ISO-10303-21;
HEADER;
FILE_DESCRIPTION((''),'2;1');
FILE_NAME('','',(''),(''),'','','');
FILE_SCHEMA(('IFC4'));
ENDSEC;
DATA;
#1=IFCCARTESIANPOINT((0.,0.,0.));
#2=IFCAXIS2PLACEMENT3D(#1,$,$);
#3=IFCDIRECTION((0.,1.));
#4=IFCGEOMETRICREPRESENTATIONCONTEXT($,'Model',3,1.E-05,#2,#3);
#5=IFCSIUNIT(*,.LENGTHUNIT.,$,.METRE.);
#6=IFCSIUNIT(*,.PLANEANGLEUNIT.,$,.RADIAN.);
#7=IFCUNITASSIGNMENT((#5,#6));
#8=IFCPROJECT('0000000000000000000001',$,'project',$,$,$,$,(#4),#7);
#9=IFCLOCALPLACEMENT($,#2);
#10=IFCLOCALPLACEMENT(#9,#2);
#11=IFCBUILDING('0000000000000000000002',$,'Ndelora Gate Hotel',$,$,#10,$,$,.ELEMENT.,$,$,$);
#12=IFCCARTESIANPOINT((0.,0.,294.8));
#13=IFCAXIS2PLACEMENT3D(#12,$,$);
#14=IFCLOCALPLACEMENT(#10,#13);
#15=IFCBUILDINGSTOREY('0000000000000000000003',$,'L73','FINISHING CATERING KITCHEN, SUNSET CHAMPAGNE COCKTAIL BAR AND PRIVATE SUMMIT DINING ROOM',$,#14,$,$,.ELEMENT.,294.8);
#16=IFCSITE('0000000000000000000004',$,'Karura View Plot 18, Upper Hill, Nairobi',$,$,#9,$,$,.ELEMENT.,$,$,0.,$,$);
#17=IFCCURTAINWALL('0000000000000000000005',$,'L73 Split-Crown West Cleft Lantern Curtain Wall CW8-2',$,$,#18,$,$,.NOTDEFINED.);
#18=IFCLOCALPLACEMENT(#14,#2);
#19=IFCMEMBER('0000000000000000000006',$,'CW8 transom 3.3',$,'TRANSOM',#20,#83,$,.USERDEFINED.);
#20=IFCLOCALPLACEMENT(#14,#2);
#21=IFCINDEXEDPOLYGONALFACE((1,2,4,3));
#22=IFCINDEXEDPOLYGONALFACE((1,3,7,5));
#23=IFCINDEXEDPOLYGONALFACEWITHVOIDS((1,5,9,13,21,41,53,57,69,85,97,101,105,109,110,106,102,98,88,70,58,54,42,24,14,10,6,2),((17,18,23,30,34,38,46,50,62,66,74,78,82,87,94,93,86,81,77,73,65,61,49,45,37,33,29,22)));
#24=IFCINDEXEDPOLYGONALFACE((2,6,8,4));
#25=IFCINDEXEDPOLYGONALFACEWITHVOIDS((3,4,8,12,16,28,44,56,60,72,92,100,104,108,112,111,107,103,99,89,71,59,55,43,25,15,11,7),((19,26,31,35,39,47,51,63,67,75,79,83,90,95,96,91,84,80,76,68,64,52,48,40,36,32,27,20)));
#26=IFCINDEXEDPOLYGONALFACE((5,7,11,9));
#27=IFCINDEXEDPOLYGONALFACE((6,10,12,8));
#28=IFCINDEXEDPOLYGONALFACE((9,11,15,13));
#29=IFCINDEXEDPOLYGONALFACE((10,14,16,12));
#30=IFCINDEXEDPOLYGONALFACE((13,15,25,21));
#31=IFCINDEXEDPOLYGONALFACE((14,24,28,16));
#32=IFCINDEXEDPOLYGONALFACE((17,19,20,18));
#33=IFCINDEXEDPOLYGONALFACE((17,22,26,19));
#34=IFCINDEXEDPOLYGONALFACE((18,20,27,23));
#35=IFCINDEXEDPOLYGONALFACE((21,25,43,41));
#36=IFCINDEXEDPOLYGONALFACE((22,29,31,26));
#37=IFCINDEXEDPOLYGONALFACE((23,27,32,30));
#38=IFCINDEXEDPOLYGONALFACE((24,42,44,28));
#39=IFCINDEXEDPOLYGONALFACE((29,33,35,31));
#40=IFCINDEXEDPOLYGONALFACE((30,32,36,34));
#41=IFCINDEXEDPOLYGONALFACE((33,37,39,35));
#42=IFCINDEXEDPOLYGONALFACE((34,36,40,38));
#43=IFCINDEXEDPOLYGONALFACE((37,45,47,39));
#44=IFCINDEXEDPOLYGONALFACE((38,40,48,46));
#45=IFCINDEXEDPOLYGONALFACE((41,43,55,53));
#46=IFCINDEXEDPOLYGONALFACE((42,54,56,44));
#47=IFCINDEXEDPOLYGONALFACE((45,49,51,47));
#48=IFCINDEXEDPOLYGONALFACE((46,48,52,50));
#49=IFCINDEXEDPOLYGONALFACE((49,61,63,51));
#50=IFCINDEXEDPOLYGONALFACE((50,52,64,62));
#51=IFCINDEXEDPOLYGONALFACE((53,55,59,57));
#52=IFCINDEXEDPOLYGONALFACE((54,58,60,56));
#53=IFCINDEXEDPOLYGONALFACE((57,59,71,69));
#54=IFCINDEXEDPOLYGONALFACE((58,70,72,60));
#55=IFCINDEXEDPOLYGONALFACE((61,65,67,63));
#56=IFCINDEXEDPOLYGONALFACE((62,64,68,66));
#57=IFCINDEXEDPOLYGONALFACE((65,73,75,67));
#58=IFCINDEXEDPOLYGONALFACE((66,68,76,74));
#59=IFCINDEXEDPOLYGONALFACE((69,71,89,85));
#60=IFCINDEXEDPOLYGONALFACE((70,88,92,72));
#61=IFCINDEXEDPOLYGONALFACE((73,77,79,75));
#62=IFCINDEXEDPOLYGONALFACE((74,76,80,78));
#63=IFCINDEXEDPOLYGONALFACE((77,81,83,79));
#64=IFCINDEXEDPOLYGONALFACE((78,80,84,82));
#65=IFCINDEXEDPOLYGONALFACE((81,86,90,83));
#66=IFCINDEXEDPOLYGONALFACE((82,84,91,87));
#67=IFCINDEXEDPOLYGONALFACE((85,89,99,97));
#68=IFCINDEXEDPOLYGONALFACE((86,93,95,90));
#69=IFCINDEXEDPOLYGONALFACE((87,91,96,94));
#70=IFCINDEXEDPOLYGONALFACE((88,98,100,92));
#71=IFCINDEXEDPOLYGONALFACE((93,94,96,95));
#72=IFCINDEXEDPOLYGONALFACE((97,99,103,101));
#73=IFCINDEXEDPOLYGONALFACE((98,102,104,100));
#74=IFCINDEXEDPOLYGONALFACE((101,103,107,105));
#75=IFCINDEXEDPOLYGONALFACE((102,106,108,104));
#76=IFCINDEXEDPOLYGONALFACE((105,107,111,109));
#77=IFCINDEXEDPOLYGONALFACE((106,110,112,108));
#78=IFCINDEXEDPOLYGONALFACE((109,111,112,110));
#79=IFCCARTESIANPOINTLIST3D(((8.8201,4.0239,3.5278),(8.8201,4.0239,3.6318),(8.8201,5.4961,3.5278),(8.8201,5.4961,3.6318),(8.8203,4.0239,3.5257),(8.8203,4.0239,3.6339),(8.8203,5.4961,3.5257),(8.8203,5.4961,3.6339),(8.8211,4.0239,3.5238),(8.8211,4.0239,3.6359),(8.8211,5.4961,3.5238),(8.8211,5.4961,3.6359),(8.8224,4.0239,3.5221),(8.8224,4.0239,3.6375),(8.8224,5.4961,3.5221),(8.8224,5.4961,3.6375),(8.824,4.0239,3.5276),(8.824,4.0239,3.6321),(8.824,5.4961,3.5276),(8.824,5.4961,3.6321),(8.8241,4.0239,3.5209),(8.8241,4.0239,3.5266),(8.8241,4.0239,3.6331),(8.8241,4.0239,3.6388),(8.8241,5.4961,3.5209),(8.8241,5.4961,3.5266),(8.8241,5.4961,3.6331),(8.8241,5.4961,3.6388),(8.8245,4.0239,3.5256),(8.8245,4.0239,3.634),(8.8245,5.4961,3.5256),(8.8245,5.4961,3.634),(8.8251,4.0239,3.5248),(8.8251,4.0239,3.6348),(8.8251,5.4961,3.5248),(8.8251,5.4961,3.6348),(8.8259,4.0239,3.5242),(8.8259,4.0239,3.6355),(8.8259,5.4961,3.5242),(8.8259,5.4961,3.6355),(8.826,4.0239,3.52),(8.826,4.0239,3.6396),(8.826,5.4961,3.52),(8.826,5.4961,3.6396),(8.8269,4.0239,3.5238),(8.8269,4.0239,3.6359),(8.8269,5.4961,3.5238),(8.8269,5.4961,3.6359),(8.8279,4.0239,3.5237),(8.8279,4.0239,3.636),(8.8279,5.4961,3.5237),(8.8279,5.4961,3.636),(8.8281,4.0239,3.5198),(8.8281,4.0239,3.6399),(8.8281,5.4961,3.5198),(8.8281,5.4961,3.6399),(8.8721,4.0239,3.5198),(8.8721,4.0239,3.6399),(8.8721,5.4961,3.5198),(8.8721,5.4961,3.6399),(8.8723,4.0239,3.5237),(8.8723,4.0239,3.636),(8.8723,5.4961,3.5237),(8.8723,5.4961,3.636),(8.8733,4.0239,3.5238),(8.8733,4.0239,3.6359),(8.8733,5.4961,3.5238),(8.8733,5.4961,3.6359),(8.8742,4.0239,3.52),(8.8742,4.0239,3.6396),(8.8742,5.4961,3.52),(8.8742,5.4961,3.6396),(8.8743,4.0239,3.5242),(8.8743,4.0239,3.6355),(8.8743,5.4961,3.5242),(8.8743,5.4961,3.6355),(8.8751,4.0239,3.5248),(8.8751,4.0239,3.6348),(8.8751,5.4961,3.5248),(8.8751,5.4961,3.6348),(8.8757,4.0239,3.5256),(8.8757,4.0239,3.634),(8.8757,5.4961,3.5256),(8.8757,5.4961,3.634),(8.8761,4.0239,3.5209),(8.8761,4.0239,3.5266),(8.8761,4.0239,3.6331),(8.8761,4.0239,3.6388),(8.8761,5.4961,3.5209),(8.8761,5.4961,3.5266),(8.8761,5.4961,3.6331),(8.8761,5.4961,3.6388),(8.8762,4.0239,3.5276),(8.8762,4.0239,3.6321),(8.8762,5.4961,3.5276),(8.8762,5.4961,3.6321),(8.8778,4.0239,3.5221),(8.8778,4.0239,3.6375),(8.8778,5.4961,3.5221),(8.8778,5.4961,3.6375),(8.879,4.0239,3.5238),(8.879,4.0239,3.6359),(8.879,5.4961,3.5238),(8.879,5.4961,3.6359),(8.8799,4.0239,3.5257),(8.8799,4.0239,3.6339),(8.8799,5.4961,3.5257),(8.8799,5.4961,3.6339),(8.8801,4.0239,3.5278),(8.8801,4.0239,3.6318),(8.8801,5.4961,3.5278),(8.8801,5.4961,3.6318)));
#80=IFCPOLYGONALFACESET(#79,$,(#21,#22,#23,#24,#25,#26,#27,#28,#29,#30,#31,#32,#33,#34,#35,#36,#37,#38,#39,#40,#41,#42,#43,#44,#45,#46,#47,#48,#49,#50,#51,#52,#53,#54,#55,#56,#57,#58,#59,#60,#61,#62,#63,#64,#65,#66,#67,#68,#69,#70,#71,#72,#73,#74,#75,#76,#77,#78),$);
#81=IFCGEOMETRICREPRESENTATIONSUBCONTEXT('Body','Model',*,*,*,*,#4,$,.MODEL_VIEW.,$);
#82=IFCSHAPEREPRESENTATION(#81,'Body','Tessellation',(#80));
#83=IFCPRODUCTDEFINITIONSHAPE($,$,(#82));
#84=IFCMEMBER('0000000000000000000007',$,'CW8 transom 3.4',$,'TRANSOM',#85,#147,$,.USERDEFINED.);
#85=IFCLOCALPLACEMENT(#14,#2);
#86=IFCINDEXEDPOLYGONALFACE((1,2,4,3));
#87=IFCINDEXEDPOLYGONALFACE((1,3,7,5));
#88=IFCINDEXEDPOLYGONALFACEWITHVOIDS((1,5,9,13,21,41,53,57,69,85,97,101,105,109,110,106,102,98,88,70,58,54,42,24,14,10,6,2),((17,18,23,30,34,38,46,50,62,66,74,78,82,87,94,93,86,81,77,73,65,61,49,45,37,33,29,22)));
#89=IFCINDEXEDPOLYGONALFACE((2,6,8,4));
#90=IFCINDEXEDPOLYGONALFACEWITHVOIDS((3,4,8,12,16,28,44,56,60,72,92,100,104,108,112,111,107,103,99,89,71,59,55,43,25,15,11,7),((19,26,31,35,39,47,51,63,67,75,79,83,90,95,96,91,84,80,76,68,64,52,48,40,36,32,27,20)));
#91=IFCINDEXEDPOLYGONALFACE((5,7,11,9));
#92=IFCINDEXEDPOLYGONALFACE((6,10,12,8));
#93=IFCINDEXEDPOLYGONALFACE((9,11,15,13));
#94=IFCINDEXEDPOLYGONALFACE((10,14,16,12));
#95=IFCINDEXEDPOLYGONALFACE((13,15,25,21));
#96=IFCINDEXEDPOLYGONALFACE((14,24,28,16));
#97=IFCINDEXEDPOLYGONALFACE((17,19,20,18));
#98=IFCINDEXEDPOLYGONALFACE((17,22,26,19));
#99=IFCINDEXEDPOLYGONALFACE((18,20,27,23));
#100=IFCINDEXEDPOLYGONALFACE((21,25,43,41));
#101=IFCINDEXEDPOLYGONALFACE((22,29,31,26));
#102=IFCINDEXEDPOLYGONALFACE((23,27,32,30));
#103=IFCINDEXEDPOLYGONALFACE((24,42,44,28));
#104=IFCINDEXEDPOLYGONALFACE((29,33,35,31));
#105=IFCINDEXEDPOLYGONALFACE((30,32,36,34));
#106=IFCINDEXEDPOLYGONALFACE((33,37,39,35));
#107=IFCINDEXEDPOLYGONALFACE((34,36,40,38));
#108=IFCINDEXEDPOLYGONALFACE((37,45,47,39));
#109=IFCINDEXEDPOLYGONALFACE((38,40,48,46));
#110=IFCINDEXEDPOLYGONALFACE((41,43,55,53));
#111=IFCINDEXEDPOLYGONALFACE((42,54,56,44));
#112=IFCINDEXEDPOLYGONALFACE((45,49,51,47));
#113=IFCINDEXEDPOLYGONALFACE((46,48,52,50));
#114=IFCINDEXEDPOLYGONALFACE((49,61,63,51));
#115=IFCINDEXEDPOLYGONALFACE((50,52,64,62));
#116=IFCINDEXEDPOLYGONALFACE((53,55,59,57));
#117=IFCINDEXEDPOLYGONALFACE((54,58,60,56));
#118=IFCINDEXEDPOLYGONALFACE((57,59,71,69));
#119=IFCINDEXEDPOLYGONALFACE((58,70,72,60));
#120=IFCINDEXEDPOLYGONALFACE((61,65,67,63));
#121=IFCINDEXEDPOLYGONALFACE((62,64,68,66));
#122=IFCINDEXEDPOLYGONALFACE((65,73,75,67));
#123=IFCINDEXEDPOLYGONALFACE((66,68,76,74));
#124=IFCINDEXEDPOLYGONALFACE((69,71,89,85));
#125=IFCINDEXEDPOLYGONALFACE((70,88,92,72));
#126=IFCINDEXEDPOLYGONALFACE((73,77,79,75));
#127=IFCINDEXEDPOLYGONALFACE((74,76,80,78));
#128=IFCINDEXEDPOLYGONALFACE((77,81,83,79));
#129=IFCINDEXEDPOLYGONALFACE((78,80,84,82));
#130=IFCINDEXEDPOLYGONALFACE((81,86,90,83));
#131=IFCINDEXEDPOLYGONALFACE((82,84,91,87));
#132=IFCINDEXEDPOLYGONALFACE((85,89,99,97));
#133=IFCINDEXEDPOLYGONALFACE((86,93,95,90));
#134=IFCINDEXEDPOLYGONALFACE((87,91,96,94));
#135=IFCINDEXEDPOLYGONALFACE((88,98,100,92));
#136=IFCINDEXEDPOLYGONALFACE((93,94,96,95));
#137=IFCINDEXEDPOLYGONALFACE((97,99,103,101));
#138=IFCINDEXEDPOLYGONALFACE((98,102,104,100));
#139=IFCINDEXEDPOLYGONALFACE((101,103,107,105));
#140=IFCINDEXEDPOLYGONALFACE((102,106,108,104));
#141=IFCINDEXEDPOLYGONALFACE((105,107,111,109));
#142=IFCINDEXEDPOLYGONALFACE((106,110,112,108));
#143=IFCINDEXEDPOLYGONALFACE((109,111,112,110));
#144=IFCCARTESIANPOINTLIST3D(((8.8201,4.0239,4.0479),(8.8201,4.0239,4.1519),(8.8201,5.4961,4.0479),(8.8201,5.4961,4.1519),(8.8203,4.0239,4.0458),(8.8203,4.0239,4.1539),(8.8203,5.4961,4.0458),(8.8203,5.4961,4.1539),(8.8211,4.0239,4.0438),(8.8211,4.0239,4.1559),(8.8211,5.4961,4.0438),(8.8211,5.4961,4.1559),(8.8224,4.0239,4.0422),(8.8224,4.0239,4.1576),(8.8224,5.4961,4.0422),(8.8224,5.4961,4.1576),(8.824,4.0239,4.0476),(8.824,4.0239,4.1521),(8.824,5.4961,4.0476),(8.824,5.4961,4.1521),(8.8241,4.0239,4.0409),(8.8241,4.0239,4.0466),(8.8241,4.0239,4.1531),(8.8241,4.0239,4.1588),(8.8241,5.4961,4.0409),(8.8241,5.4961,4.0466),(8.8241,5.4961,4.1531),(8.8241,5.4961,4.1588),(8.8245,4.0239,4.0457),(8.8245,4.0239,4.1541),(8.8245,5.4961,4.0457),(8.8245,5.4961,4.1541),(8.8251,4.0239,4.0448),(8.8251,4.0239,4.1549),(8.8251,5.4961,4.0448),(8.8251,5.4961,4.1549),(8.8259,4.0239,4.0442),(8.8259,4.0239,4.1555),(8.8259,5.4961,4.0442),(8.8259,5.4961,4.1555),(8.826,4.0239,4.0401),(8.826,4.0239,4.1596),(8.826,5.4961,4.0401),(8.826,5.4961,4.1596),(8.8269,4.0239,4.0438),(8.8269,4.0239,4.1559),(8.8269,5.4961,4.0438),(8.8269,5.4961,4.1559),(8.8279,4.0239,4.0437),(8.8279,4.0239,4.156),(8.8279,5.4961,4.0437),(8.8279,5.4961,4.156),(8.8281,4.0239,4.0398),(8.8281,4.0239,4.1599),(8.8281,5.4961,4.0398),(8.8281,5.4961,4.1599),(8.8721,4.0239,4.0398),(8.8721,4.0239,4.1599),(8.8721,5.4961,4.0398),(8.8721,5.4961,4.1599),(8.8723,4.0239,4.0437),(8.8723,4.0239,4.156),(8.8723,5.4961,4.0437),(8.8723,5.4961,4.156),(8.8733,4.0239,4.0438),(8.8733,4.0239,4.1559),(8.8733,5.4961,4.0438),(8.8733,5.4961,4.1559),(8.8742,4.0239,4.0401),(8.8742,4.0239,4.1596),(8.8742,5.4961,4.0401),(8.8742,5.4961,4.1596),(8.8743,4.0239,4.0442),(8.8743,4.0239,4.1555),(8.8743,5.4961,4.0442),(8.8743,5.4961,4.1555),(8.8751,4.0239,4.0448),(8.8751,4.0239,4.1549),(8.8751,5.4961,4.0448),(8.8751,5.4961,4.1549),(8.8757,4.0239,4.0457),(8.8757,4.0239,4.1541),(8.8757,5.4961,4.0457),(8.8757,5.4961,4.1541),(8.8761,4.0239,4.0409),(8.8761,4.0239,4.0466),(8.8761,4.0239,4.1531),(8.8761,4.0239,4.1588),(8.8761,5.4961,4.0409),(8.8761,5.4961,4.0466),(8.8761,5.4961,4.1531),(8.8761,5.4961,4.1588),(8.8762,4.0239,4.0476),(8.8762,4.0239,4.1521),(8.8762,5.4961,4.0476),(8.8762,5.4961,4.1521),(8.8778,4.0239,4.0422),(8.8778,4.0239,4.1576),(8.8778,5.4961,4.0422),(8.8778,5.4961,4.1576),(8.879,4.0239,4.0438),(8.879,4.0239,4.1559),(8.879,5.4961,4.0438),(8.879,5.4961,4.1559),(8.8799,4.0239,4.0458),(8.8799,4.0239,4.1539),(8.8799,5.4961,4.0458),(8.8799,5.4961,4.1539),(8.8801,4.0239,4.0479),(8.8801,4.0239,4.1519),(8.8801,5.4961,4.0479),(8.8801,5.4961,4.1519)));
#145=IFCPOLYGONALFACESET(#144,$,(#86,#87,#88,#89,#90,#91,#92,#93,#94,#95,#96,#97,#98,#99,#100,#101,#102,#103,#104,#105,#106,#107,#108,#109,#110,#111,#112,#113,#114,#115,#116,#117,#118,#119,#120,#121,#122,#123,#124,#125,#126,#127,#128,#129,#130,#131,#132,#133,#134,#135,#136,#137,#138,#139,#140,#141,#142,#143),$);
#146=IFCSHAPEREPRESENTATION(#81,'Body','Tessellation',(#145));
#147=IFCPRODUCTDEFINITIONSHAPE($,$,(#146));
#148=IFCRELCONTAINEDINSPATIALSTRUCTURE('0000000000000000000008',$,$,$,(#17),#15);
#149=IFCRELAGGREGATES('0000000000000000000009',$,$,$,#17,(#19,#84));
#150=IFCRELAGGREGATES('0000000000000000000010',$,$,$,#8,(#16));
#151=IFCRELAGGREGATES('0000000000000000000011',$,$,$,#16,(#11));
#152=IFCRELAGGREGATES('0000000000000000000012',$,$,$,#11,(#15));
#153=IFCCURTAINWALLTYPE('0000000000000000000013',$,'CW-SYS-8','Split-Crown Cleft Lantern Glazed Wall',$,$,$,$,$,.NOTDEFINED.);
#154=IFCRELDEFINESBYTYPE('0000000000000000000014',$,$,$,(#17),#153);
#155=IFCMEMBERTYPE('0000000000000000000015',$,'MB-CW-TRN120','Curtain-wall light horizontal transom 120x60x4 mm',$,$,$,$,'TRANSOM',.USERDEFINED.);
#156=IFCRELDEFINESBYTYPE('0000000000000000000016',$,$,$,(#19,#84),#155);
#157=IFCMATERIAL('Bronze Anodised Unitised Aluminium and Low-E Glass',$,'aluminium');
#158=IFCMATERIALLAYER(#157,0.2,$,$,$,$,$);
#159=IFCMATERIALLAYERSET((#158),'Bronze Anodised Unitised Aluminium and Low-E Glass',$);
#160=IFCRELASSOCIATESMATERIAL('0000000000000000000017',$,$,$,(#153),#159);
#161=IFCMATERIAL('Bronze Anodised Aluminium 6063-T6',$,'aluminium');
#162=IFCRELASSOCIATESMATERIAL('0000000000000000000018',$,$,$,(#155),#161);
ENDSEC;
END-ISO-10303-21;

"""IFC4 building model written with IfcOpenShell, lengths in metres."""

from ifc_helpers import new_model, si_unit, direction, frame, origin, origin_2d, place, context, subcontext, project, spatial, hollow_rectangle, extrude, material, layer, layer_set, material_profile, profile_set, type_object, element, aggregate, save


model = new_model("IFC4")

# Units and contexts
model_context = context("Model", 3, precision=1e-05, world=origin(), true_north=direction((0.0, 1.0)))
body_context = subcontext(model_context, "Body", "Model", "MODEL_VIEW")
ifc_project = project(units=[si_unit("LENGTHUNIT", "METRE"), si_unit("PLANEANGLEUNIT", "RADIAN")], contexts=[model_context])

# Site, building, storey
site_placement = place(None, origin())
site = spatial("IfcSite", under=ifc_project, at=site_placement, Name="Karura View Plot 18, Upper Hill, Nairobi", CompositionType="ELEMENT", RefElevation=0.0)
building_placement = place(site_placement, origin())
building = spatial("IfcBuilding", under=site, at=building_placement, Name="Ndelora Gate Hotel", CompositionType="ELEMENT")
storey_placement = place(building_placement, frame((0.0, 0.0, 294.8)))
storey = spatial("IfcBuildingStorey", under=building, at=storey_placement, Name="L73", Description="FINISHING CATERING KITCHEN, SUNSET CHAMPAGNE COCKTAIL BAR AND PRIVATE SUMMIT DINING ROOM", CompositionType="ELEMENT", Elevation=294.8)

# Curtain wall
ifc_material_1 = material(Name="Bronze Anodised Unitised Aluminium and Low-E Glass", Category="aluminium")
ifc_layer_1 = layer(ifc_material_1, 0.2)
ifc_layer_set_1 = layer_set([ifc_layer_1], Name="Bronze Anodised Unitised Aluminium and Low-E Glass")
curtain_wall_type = type_object("IfcCurtainWallType", Name="CW-SYS-8", Description="Split-Crown Cleft Lantern Glazed Wall", PredefinedType="NOTDEFINED", material=ifc_layer_set_1)
curtain_wall_1_placement = place(storey_placement, origin())
curtain_wall_1 = element("IfcCurtainWall", 1, at=curtain_wall_1_placement, inside=storey, type_object=curtain_wall_type, Name="L73 Split-Crown West Cleft Lantern Curtain Wall CW8-2", PredefinedType="NOTDEFINED")
ifc_material_2 = material(Name="Bronze Anodised Aluminium 6063-T6", Category="aluminium")

# Members
ifc_material_profile_1 = material_profile(ifc_material_2, hollow_rectangle(XDim=0.0601, YDim=0.1201, WallThickness=0.0039, InnerFilletRadius=0.0039, OuterFilletRadius=0.0081, at=origin_2d()), Name="ALU 120x60x4")
ifc_profile_set_1 = profile_set([ifc_material_profile_1], Name="Bronze Anodised Aluminium 6063-T6")
member_type_1 = type_object("IfcMemberType", Name="MB-CW-TRN120", Description="Curtain-wall light horizontal transom 120x60x4 mm", ElementType="TRANSOM", PredefinedType="USERDEFINED", material=ifc_profile_set_1)
member_1_placement = place(storey_placement, frame((8.8501, 4.0239, 3.5798), z_axis=(0.0, 1.0, 0.0), x_axis=(-1.0, 0.0, 0.0)))
member_1 = element("IfcMember", 2, at=member_1_placement, type_object=member_type_1, Name="CW8 transom 3.3", ObjectType="TRANSOM", PredefinedType="USERDEFINED", context=body_context, shape_type="SweptSolid", body=[
    extrude(hollow_rectangle(XDim=0.0601, YDim=0.1201, WallThickness=0.0039, InnerFilletRadius=0.0039, OuterFilletRadius=0.0081, at=origin_2d()), origin(), (0.0, 0.0, 1.0), 1.4722),
])
member_2_placement = place(storey_placement, frame((8.8501, 4.0239, 4.0999), z_axis=(0.0, 1.0, 0.0), x_axis=(-1.0, 0.0, 0.0)))
member_2 = element("IfcMember", 3, at=member_2_placement, type_object=member_type_1, Name="CW8 transom 3.4", ObjectType="TRANSOM", PredefinedType="USERDEFINED", context=body_context, shape_type="SweptSolid", body=[
    extrude(hollow_rectangle(XDim=0.0601, YDim=0.1201, WallThickness=0.0039, InnerFilletRadius=0.0039, OuterFilletRadius=0.0081, at=origin_2d()), origin(), (0.0, 0.0, 1.0), 1.4722),
])

aggregate(curtain_wall_1, [member_1, member_2])

save(model, "model.ifc")
